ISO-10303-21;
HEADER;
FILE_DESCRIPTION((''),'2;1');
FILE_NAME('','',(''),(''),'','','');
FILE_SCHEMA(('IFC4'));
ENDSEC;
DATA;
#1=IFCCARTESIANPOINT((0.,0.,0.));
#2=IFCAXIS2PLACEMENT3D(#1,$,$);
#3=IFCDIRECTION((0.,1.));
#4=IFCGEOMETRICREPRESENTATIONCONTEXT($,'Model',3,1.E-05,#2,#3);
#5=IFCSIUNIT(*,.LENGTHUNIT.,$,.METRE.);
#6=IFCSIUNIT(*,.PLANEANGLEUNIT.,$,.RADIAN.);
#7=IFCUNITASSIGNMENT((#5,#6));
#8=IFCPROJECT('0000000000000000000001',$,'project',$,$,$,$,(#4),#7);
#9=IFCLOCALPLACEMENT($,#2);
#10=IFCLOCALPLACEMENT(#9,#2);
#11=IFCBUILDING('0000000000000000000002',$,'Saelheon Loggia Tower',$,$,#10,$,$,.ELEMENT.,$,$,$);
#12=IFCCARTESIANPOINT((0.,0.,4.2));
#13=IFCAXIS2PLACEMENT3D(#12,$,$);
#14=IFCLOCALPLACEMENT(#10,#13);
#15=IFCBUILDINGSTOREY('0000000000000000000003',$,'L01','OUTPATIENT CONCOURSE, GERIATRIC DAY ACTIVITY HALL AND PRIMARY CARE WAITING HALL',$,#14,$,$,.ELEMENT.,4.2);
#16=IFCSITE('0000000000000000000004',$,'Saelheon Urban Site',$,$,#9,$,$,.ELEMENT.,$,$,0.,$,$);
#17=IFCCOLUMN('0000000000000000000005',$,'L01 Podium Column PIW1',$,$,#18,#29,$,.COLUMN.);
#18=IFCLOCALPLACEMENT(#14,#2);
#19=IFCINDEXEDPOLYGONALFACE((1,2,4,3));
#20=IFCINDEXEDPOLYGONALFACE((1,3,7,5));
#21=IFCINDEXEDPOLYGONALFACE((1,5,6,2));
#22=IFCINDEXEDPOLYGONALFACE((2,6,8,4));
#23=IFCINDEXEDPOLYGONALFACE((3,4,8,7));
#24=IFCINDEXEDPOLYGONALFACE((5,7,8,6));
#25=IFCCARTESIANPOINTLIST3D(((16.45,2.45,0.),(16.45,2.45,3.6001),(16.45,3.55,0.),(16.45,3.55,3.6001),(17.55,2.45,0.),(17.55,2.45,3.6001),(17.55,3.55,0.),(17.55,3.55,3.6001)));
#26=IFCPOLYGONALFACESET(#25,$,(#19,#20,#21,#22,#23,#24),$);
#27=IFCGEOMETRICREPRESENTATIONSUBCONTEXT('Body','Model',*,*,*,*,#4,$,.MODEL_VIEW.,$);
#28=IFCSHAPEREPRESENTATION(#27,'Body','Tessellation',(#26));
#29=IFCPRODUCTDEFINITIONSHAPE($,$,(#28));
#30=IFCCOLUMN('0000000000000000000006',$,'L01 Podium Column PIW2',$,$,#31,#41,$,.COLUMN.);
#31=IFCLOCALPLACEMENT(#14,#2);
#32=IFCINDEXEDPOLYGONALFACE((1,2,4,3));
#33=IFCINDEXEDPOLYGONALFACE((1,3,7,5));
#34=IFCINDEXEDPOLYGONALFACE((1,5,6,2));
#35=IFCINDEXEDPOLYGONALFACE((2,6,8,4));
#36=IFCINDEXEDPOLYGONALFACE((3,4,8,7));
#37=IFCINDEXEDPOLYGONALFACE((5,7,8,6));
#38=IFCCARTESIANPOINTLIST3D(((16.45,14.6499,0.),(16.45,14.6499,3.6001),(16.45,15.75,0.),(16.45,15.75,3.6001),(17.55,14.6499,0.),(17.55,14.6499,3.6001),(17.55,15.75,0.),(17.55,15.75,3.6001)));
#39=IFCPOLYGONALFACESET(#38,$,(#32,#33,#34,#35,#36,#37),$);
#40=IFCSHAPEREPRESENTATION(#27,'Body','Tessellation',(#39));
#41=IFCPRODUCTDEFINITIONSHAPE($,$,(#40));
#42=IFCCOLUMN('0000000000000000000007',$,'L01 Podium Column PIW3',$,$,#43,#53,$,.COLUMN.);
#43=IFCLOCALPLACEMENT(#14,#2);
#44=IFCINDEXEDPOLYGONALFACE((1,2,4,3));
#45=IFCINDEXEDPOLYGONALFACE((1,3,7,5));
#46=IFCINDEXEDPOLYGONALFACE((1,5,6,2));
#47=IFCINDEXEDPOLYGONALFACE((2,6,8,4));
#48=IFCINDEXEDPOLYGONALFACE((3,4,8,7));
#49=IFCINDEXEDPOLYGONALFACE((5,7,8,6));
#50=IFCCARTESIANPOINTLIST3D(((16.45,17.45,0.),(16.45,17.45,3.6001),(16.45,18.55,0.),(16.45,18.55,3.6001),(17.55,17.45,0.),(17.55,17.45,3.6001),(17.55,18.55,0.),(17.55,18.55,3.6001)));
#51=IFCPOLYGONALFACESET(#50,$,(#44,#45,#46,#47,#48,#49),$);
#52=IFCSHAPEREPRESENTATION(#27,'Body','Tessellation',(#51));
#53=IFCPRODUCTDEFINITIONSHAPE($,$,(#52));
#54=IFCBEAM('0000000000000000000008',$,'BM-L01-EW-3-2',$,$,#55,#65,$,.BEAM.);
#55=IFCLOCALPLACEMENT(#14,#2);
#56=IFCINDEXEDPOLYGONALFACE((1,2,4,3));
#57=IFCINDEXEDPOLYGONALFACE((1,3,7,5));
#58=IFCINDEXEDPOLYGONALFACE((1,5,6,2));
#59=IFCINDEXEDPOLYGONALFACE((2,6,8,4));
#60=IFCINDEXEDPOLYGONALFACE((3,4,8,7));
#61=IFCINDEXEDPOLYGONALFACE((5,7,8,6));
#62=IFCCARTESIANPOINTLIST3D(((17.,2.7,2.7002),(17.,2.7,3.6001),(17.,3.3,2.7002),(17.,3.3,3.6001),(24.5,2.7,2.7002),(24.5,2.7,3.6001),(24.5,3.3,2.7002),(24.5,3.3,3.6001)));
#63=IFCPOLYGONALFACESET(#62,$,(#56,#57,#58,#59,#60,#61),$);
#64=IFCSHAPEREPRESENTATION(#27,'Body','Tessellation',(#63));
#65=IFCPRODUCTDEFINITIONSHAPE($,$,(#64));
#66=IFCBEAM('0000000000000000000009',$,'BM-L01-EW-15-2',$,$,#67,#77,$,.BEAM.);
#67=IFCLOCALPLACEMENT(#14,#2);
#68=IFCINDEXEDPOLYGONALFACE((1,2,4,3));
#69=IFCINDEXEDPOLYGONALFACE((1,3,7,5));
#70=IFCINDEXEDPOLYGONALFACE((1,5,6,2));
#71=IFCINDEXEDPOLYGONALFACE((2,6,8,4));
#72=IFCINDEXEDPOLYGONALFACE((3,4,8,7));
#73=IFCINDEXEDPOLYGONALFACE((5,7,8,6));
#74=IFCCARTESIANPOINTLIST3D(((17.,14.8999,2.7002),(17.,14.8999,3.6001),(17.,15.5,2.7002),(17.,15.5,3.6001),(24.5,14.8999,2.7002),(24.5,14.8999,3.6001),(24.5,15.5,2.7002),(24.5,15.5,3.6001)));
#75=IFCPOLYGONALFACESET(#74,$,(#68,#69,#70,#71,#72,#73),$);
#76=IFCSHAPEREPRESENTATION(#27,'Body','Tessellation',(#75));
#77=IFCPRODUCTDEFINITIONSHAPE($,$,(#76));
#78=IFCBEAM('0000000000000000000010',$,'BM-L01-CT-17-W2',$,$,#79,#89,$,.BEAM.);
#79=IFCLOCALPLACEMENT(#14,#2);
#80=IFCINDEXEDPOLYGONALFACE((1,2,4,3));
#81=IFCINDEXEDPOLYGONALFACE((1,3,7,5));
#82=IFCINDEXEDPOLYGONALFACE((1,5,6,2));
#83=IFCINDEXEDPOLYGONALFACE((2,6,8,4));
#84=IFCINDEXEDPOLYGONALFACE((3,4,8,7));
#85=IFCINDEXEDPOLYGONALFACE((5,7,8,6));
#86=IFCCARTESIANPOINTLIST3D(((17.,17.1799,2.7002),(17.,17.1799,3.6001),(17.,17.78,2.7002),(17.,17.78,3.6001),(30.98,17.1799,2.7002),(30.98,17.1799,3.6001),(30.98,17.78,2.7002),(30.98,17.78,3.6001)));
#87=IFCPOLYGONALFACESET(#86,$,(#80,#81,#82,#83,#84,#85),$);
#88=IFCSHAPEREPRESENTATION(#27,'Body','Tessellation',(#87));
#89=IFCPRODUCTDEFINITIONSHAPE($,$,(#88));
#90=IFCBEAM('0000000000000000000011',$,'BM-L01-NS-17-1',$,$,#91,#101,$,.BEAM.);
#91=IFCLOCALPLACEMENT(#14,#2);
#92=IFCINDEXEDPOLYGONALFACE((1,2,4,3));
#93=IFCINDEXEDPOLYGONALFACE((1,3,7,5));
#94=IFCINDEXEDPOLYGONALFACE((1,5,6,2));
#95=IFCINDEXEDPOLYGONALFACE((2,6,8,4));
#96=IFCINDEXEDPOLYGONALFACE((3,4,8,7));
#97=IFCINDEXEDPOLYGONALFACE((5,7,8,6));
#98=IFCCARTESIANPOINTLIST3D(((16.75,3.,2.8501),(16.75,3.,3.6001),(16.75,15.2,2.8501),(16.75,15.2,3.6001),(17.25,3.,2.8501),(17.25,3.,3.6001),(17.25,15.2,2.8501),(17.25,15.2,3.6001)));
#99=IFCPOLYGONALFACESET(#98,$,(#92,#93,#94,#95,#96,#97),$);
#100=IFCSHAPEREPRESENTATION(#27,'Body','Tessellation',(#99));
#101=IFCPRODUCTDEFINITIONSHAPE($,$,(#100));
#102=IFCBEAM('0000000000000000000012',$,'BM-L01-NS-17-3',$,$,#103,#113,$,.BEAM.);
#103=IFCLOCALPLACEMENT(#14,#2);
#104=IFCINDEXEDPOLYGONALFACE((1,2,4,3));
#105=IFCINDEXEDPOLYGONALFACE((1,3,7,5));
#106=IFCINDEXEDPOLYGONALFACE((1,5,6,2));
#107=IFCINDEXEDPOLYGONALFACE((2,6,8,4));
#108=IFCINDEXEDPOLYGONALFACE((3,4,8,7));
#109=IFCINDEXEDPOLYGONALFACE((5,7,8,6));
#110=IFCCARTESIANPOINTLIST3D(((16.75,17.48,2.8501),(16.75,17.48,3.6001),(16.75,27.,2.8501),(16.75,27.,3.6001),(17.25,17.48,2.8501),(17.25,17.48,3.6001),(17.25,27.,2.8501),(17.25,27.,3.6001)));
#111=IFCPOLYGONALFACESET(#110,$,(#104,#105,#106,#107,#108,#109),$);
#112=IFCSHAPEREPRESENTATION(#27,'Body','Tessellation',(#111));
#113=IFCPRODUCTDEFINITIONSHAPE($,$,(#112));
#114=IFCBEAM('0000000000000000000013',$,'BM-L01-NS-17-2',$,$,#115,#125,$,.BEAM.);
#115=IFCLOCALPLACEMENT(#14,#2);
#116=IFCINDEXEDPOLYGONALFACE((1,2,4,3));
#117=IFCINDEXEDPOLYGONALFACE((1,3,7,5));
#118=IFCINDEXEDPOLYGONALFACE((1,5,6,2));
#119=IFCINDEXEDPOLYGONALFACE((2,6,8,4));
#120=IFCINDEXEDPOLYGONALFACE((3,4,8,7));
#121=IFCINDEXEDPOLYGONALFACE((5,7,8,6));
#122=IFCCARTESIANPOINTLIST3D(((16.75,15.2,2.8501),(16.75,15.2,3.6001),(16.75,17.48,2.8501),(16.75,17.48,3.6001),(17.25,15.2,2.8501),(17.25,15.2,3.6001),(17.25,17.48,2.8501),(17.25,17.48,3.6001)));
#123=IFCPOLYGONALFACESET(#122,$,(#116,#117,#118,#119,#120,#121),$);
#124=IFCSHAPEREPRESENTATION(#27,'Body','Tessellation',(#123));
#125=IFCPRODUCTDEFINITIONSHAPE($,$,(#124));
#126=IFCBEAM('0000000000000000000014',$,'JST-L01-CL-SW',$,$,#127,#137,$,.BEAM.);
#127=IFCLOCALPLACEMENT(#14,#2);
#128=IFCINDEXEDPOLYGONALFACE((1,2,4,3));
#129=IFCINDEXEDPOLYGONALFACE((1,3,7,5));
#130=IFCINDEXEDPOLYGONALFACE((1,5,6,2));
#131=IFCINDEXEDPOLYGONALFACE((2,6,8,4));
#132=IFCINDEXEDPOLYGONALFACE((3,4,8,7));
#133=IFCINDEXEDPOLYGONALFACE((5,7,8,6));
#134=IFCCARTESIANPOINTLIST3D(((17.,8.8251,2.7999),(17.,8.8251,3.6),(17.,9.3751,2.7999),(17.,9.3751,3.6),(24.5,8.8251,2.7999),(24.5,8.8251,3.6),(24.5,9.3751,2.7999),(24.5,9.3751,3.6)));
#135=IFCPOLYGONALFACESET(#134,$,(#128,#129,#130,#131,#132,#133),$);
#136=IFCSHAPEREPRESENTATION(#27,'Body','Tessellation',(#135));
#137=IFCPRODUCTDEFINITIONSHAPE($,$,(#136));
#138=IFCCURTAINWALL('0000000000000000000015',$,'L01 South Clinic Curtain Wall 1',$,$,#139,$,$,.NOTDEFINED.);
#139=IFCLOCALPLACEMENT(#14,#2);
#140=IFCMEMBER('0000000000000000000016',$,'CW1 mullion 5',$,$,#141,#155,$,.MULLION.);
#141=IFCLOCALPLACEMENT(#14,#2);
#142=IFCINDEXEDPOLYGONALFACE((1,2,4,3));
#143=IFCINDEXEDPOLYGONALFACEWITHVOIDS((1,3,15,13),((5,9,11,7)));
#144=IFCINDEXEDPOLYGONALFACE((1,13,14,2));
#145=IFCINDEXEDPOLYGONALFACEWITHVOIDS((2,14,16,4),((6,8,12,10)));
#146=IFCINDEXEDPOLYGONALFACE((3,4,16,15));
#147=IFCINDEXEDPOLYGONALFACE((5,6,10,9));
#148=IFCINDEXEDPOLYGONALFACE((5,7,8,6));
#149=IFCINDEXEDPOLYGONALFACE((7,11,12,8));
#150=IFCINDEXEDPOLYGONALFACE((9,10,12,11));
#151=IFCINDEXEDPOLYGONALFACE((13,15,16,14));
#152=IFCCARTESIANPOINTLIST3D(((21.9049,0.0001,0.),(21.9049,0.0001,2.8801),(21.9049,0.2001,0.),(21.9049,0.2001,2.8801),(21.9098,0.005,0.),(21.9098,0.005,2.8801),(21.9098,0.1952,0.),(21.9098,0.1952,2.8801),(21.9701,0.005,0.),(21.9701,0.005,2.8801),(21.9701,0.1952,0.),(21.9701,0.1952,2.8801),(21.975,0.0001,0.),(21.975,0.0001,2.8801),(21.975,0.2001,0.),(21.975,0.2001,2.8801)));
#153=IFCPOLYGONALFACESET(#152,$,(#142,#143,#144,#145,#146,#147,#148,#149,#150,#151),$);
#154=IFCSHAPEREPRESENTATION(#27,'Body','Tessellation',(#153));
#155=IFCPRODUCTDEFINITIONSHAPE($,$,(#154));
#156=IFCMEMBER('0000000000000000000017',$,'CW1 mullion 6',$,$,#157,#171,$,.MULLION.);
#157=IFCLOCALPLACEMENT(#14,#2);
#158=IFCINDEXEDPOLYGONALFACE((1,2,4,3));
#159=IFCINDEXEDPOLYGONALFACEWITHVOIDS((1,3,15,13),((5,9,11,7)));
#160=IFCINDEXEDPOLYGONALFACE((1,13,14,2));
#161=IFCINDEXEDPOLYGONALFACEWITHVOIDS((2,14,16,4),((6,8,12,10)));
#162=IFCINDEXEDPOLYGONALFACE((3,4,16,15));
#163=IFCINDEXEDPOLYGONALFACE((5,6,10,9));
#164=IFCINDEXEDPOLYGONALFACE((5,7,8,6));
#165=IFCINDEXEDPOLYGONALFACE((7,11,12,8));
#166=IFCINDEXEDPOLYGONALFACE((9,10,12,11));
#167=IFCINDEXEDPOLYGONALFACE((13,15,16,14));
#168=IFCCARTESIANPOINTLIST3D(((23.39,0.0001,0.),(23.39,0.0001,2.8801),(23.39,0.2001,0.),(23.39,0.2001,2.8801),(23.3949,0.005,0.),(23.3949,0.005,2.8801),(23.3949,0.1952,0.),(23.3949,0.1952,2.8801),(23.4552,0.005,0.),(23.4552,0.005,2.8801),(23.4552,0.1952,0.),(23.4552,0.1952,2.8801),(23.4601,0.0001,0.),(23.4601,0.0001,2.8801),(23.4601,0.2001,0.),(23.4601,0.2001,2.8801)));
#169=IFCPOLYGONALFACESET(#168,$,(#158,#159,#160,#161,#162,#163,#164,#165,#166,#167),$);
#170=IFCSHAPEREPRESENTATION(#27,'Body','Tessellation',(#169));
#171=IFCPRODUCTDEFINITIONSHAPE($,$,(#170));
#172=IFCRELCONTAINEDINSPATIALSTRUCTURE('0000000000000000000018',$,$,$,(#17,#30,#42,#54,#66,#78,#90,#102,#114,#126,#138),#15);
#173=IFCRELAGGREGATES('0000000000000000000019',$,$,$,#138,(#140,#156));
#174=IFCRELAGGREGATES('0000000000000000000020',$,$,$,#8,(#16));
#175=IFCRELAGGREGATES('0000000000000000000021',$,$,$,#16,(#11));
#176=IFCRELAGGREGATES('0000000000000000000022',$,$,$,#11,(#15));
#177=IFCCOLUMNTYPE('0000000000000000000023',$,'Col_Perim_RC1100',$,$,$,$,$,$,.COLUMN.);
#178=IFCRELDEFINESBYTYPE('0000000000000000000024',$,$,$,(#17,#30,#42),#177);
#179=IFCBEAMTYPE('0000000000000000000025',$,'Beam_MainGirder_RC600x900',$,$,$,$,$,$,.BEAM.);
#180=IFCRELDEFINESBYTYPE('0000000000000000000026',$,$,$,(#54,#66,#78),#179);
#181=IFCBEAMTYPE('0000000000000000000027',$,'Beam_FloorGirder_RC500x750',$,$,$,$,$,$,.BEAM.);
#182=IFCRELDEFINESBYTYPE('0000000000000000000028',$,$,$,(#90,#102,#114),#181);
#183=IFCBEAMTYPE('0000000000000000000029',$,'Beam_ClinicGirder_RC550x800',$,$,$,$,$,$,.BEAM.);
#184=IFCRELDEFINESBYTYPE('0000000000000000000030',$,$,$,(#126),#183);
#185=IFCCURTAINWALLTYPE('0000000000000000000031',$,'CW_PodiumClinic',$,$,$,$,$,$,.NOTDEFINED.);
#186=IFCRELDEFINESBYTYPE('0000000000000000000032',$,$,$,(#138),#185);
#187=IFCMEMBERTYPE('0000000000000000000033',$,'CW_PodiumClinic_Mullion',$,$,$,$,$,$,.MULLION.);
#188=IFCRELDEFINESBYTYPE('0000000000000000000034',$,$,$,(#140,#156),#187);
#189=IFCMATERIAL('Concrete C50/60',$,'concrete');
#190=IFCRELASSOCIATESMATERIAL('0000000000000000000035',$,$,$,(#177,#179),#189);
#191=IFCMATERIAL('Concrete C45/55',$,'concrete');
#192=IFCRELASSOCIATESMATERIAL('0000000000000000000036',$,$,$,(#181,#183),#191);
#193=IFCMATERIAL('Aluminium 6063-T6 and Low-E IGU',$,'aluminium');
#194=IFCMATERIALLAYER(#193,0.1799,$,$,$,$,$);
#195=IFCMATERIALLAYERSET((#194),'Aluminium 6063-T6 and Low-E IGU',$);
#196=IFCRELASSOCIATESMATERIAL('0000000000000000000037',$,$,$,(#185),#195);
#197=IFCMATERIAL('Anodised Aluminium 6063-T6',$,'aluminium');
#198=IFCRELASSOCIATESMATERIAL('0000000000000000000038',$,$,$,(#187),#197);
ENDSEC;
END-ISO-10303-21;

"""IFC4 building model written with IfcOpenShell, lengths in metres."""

from ifc_helpers import new_model, si_unit, direction, frame, origin, origin_2d, place, context, subcontext, project, spatial, rectangle, hollow_rectangle, extrude, source, transform, mapped, material, layer, layer_set, material_profile, profile_set, type_object, element, aggregate, save


model = new_model("IFC4")

# Units and contexts
model_context = context("Model", 3, precision=1e-05, world=origin(), true_north=direction((0.0, 1.0)))
body_context = subcontext(model_context, "Body", "Model", "MODEL_VIEW")
ifc_project = project(units=[si_unit("LENGTHUNIT", "METRE"), si_unit("PLANEANGLEUNIT", "RADIAN")], contexts=[model_context])

# Site, building, storey
site_placement = place(None, origin())
site = spatial("IfcSite", under=ifc_project, at=site_placement, Name="Saelheon Urban Site", CompositionType="ELEMENT", RefElevation=0.0)
building_placement = place(site_placement, origin())
building = spatial("IfcBuilding", under=site, at=building_placement, Name="Saelheon Loggia Tower", CompositionType="ELEMENT")
storey_placement = place(building_placement, frame((0.0, 0.0, 4.2)))
storey = spatial("IfcBuildingStorey", under=building, at=storey_placement, Name="L01", Description="OUTPATIENT CONCOURSE, GERIATRIC DAY ACTIVITY HALL AND PRIMARY CARE WAITING HALL", CompositionType="ELEMENT", Elevation=4.2)

# Columns
ifc_material_1 = material(Name="Concrete C50/60", Category="concrete")
ifc_material_profile_1 = material_profile(ifc_material_1, rectangle(XDim=1.1001, YDim=1.1001, at=origin_2d()), Name="RC-1100x1100")
ifc_profile_set_1 = profile_set([ifc_material_profile_1], Name="Concrete C50/60")
column_type = type_object("IfcColumnType", Name="Col_Perim_RC1100", PredefinedType="COLUMN", material=ifc_profile_set_1)
shared_shape_1 = source(origin(), body_context, "Body", "SweptSolid", [
    extrude(rectangle(XDim=1.1001, YDim=1.1001, at=origin_2d()), origin(), (0.0, 0.0, 1.0), 3.6001),
])
for number, where, z_axis, x_axis, name in (
    (1, (17.0, 3.0, 0.0), (0.0, 0.0, 1.0), (1.0, 0.0, 0.0), "L01 Podium Column PIW1"),
    (2, (17.0, 15.2, 0.0), (0.0, 0.0, 1.0), (1.0, 0.0, 0.0), "L01 Podium Column PIW2"),
    (3, (17.0, 18.0, 0.0), (0.0, 0.0, 1.0), (1.0, 0.0, 0.0), "L01 Podium Column PIW3"),
):
    element("IfcColumn", number, at=place(storey_placement, frame(where, z_axis=z_axis, x_axis=x_axis)), inside=storey, type_object=column_type, Name=name, PredefinedType="COLUMN", context=body_context, shape_type="MappedRepresentation", body=[
        mapped(shared_shape_1, transform((0.0, 0.0, 0.0), scale=1.0)),
    ])

# Beams
ifc_material_profile_2 = material_profile(ifc_material_1, rectangle(XDim=0.6001, YDim=0.8999, at=origin_2d()), Name="RC-600x900")
ifc_profile_set_2 = profile_set([ifc_material_profile_2], Name="Concrete C50/60")
beam_type_1 = type_object("IfcBeamType", Name="Beam_MainGirder_RC600x900", PredefinedType="BEAM", material=ifc_profile_set_2)
shared_shape_2 = source(origin(), body_context, "Body", "SweptSolid", [
    extrude(rectangle(XDim=0.6001, YDim=0.8999, at=origin_2d()), origin(), (0.0, 0.0, 1.0), 7.5),
])
for number, where, z_axis, x_axis, name in (
    (4, (17.0, 3.0, 3.1501), (1.0, 0.0, 0.0), (0.0, 1.0, 0.0), "BM-L01-EW-3-2"),
    (5, (17.0, 15.2, 3.1501), (1.0, 0.0, 0.0), (0.0, 1.0, 0.0), "BM-L01-EW-15-2"),
):
    element("IfcBeam", number, at=place(storey_placement, frame(where, z_axis=z_axis, x_axis=x_axis)), inside=storey, type_object=beam_type_1, Name=name, PredefinedType="BEAM", context=body_context, shape_type="MappedRepresentation", body=[
        mapped(shared_shape_2, transform((0.0, 0.0, 0.0), scale=1.0)),
    ])
shared_shape_3 = source(origin(), body_context, "Body", "SweptSolid", [
    extrude(rectangle(XDim=0.6001, YDim=0.8999, at=origin_2d()), origin(), (0.0, 0.0, 1.0), 13.98),
])
beam_1_placement = place(storey_placement, frame((17.0, 17.48, 3.1501), z_axis=(1.0, 0.0, 0.0), x_axis=(0.0, 1.0, 0.0)))
element("IfcBeam", 6, at=beam_1_placement, inside=storey, type_object=beam_type_1, Name="BM-L01-CT-17-W2", PredefinedType="BEAM", context=body_context, shape_type="MappedRepresentation", body=[
    mapped(shared_shape_3, transform((0.0, 0.0, 0.0), scale=1.0)),
])
ifc_material_2 = material(Name="Concrete C45/55", Category="concrete")
ifc_material_profile_3 = material_profile(ifc_material_2, rectangle(XDim=0.5, YDim=0.75, at=origin_2d()), Name="RC-500x750")
ifc_profile_set_3 = profile_set([ifc_material_profile_3], Name="Concrete C45/55")
beam_type_2 = type_object("IfcBeamType", Name="Beam_FloorGirder_RC500x750", PredefinedType="BEAM", material=ifc_profile_set_3)
shared_shape_4 = source(origin(), body_context, "Body", "SweptSolid", [
    extrude(rectangle(XDim=0.5, YDim=0.75, at=origin_2d()), origin(), (0.0, 0.0, 1.0), 12.2),
])
beam_2_placement = place(storey_placement, frame((17.0, 3.0, 3.2251), z_axis=(0.0, 1.0, 0.0), x_axis=(-1.0, 0.0, 0.0)))
element("IfcBeam", 7, at=beam_2_placement, inside=storey, type_object=beam_type_2, Name="BM-L01-NS-17-1", PredefinedType="BEAM", context=body_context, shape_type="MappedRepresentation", body=[
    mapped(shared_shape_4, transform((0.0, 0.0, 0.0), scale=1.0)),
])
shared_shape_5 = source(origin(), body_context, "Body", "SweptSolid", [
    extrude(rectangle(XDim=0.5, YDim=0.75, at=origin_2d()), origin(), (0.0, 0.0, 1.0), 9.52),
])
beam_3_placement = place(storey_placement, frame((17.0, 17.48, 3.2251), z_axis=(0.0, 1.0, 0.0), x_axis=(-1.0, 0.0, 0.0)))
element("IfcBeam", 8, at=beam_3_placement, inside=storey, type_object=beam_type_2, Name="BM-L01-NS-17-3", PredefinedType="BEAM", context=body_context, shape_type="MappedRepresentation", body=[
    mapped(shared_shape_5, transform((0.0, 0.0, 0.0), scale=1.0)),
])
shared_shape_6 = source(origin(), body_context, "Body", "SweptSolid", [
    extrude(rectangle(XDim=0.5, YDim=0.75, at=origin_2d()), origin(), (0.0, 0.0, 1.0), 2.28),
])
beam_4_placement = place(storey_placement, frame((17.0, 15.2, 3.2251), z_axis=(0.0, 1.0, 0.0), x_axis=(-1.0, 0.0, 0.0)))
element("IfcBeam", 9, at=beam_4_placement, inside=storey, type_object=beam_type_2, Name="BM-L01-NS-17-2", PredefinedType="BEAM", context=body_context, shape_type="MappedRepresentation", body=[
    mapped(shared_shape_6, transform((0.0, 0.0, 0.0), scale=1.0)),
])
ifc_material_profile_4 = material_profile(ifc_material_2, rectangle(XDim=0.55, YDim=0.8, at=origin_2d()), Name="RC-550x800")
ifc_profile_set_4 = profile_set([ifc_material_profile_4], Name="Concrete C45/55")
beam_type_3 = type_object("IfcBeamType", Name="Beam_ClinicGirder_RC550x800", PredefinedType="BEAM", material=ifc_profile_set_4)
shared_shape_7 = source(origin(), body_context, "Body", "SweptSolid", [
    extrude(rectangle(XDim=0.55, YDim=0.8, at=origin_2d()), origin(), (0.0, 0.0, 1.0), 7.5),
])
beam_5_placement = place(storey_placement, frame((17.0, 9.1001, 3.2), z_axis=(1.0, 0.0, 0.0), x_axis=(0.0, 1.0, 0.0)))
element("IfcBeam", 10, at=beam_5_placement, inside=storey, type_object=beam_type_3, Name="JST-L01-CL-SW", PredefinedType="BEAM", context=body_context, shape_type="MappedRepresentation", body=[
    mapped(shared_shape_7, transform((0.0, 0.0, 0.0), scale=1.0)),
])

# Curtain wall, members
ifc_material_3 = material(Name="Aluminium 6063-T6 and Low-E IGU", Category="aluminium")
ifc_layer_1 = layer(ifc_material_3, 0.1799)
ifc_layer_set_1 = layer_set([ifc_layer_1], Name="Aluminium 6063-T6 and Low-E IGU")
curtain_wall_type = type_object("IfcCurtainWallType", Name="CW_PodiumClinic", PredefinedType="NOTDEFINED", material=ifc_layer_set_1)
curtain_wall_placement = place(storey_placement, origin())
curtain_wall = element("IfcCurtainWall", 11, at=curtain_wall_placement, inside=storey, type_object=curtain_wall_type, Name="L01 South Clinic Curtain Wall 1", PredefinedType="NOTDEFINED")
ifc_material_4 = material(Name="Anodised Aluminium 6063-T6", Category="aluminium")
ifc_material_profile_5 = material_profile(ifc_material_4, hollow_rectangle(XDim=0.0701, YDim=0.2, WallThickness=0.0049, at=origin_2d()), Name="RHS-200x70x5")
ifc_profile_set_5 = profile_set([ifc_material_profile_5], Name="Anodised Aluminium 6063-T6")
member_type_1 = type_object("IfcMemberType", Name="CW_PodiumClinic_Mullion", PredefinedType="MULLION", material=ifc_profile_set_5)
shared_shape_8 = source(origin(), body_context, "Body", "SweptSolid", [
    extrude(hollow_rectangle(XDim=0.0701, YDim=0.2, WallThickness=0.0049, at=origin_2d()), origin(), (0.0, 0.0, 1.0), 2.8801),
])
member_1_placement = place(storey_placement, frame((21.9399, 0.1001, 0.0), z_axis=(0.0, 0.0, 1.0), x_axis=(1.0, 0.0, 0.0)))
member_1 = element("IfcMember", 12, at=member_1_placement, type_object=member_type_1, Name="CW1 mullion 5", PredefinedType="MULLION", context=body_context, shape_type="MappedRepresentation", body=[
    mapped(shared_shape_8, transform((0.0, 0.0, 0.0), scale=1.0)),
])
member_2_placement = place(storey_placement, frame((23.425, 0.1001, 0.0), z_axis=(0.0, 0.0, 1.0), x_axis=(1.0, 0.0, 0.0)))
member_2 = element("IfcMember", 13, at=member_2_placement, type_object=member_type_1, Name="CW1 mullion 6", PredefinedType="MULLION", context=body_context, shape_type="MappedRepresentation", body=[
    mapped(shared_shape_8, transform((0.0, 0.0, 0.0), scale=1.0)),
])
aggregate(curtain_wall, [member_1, member_2])

save(model, "model.ifc")
